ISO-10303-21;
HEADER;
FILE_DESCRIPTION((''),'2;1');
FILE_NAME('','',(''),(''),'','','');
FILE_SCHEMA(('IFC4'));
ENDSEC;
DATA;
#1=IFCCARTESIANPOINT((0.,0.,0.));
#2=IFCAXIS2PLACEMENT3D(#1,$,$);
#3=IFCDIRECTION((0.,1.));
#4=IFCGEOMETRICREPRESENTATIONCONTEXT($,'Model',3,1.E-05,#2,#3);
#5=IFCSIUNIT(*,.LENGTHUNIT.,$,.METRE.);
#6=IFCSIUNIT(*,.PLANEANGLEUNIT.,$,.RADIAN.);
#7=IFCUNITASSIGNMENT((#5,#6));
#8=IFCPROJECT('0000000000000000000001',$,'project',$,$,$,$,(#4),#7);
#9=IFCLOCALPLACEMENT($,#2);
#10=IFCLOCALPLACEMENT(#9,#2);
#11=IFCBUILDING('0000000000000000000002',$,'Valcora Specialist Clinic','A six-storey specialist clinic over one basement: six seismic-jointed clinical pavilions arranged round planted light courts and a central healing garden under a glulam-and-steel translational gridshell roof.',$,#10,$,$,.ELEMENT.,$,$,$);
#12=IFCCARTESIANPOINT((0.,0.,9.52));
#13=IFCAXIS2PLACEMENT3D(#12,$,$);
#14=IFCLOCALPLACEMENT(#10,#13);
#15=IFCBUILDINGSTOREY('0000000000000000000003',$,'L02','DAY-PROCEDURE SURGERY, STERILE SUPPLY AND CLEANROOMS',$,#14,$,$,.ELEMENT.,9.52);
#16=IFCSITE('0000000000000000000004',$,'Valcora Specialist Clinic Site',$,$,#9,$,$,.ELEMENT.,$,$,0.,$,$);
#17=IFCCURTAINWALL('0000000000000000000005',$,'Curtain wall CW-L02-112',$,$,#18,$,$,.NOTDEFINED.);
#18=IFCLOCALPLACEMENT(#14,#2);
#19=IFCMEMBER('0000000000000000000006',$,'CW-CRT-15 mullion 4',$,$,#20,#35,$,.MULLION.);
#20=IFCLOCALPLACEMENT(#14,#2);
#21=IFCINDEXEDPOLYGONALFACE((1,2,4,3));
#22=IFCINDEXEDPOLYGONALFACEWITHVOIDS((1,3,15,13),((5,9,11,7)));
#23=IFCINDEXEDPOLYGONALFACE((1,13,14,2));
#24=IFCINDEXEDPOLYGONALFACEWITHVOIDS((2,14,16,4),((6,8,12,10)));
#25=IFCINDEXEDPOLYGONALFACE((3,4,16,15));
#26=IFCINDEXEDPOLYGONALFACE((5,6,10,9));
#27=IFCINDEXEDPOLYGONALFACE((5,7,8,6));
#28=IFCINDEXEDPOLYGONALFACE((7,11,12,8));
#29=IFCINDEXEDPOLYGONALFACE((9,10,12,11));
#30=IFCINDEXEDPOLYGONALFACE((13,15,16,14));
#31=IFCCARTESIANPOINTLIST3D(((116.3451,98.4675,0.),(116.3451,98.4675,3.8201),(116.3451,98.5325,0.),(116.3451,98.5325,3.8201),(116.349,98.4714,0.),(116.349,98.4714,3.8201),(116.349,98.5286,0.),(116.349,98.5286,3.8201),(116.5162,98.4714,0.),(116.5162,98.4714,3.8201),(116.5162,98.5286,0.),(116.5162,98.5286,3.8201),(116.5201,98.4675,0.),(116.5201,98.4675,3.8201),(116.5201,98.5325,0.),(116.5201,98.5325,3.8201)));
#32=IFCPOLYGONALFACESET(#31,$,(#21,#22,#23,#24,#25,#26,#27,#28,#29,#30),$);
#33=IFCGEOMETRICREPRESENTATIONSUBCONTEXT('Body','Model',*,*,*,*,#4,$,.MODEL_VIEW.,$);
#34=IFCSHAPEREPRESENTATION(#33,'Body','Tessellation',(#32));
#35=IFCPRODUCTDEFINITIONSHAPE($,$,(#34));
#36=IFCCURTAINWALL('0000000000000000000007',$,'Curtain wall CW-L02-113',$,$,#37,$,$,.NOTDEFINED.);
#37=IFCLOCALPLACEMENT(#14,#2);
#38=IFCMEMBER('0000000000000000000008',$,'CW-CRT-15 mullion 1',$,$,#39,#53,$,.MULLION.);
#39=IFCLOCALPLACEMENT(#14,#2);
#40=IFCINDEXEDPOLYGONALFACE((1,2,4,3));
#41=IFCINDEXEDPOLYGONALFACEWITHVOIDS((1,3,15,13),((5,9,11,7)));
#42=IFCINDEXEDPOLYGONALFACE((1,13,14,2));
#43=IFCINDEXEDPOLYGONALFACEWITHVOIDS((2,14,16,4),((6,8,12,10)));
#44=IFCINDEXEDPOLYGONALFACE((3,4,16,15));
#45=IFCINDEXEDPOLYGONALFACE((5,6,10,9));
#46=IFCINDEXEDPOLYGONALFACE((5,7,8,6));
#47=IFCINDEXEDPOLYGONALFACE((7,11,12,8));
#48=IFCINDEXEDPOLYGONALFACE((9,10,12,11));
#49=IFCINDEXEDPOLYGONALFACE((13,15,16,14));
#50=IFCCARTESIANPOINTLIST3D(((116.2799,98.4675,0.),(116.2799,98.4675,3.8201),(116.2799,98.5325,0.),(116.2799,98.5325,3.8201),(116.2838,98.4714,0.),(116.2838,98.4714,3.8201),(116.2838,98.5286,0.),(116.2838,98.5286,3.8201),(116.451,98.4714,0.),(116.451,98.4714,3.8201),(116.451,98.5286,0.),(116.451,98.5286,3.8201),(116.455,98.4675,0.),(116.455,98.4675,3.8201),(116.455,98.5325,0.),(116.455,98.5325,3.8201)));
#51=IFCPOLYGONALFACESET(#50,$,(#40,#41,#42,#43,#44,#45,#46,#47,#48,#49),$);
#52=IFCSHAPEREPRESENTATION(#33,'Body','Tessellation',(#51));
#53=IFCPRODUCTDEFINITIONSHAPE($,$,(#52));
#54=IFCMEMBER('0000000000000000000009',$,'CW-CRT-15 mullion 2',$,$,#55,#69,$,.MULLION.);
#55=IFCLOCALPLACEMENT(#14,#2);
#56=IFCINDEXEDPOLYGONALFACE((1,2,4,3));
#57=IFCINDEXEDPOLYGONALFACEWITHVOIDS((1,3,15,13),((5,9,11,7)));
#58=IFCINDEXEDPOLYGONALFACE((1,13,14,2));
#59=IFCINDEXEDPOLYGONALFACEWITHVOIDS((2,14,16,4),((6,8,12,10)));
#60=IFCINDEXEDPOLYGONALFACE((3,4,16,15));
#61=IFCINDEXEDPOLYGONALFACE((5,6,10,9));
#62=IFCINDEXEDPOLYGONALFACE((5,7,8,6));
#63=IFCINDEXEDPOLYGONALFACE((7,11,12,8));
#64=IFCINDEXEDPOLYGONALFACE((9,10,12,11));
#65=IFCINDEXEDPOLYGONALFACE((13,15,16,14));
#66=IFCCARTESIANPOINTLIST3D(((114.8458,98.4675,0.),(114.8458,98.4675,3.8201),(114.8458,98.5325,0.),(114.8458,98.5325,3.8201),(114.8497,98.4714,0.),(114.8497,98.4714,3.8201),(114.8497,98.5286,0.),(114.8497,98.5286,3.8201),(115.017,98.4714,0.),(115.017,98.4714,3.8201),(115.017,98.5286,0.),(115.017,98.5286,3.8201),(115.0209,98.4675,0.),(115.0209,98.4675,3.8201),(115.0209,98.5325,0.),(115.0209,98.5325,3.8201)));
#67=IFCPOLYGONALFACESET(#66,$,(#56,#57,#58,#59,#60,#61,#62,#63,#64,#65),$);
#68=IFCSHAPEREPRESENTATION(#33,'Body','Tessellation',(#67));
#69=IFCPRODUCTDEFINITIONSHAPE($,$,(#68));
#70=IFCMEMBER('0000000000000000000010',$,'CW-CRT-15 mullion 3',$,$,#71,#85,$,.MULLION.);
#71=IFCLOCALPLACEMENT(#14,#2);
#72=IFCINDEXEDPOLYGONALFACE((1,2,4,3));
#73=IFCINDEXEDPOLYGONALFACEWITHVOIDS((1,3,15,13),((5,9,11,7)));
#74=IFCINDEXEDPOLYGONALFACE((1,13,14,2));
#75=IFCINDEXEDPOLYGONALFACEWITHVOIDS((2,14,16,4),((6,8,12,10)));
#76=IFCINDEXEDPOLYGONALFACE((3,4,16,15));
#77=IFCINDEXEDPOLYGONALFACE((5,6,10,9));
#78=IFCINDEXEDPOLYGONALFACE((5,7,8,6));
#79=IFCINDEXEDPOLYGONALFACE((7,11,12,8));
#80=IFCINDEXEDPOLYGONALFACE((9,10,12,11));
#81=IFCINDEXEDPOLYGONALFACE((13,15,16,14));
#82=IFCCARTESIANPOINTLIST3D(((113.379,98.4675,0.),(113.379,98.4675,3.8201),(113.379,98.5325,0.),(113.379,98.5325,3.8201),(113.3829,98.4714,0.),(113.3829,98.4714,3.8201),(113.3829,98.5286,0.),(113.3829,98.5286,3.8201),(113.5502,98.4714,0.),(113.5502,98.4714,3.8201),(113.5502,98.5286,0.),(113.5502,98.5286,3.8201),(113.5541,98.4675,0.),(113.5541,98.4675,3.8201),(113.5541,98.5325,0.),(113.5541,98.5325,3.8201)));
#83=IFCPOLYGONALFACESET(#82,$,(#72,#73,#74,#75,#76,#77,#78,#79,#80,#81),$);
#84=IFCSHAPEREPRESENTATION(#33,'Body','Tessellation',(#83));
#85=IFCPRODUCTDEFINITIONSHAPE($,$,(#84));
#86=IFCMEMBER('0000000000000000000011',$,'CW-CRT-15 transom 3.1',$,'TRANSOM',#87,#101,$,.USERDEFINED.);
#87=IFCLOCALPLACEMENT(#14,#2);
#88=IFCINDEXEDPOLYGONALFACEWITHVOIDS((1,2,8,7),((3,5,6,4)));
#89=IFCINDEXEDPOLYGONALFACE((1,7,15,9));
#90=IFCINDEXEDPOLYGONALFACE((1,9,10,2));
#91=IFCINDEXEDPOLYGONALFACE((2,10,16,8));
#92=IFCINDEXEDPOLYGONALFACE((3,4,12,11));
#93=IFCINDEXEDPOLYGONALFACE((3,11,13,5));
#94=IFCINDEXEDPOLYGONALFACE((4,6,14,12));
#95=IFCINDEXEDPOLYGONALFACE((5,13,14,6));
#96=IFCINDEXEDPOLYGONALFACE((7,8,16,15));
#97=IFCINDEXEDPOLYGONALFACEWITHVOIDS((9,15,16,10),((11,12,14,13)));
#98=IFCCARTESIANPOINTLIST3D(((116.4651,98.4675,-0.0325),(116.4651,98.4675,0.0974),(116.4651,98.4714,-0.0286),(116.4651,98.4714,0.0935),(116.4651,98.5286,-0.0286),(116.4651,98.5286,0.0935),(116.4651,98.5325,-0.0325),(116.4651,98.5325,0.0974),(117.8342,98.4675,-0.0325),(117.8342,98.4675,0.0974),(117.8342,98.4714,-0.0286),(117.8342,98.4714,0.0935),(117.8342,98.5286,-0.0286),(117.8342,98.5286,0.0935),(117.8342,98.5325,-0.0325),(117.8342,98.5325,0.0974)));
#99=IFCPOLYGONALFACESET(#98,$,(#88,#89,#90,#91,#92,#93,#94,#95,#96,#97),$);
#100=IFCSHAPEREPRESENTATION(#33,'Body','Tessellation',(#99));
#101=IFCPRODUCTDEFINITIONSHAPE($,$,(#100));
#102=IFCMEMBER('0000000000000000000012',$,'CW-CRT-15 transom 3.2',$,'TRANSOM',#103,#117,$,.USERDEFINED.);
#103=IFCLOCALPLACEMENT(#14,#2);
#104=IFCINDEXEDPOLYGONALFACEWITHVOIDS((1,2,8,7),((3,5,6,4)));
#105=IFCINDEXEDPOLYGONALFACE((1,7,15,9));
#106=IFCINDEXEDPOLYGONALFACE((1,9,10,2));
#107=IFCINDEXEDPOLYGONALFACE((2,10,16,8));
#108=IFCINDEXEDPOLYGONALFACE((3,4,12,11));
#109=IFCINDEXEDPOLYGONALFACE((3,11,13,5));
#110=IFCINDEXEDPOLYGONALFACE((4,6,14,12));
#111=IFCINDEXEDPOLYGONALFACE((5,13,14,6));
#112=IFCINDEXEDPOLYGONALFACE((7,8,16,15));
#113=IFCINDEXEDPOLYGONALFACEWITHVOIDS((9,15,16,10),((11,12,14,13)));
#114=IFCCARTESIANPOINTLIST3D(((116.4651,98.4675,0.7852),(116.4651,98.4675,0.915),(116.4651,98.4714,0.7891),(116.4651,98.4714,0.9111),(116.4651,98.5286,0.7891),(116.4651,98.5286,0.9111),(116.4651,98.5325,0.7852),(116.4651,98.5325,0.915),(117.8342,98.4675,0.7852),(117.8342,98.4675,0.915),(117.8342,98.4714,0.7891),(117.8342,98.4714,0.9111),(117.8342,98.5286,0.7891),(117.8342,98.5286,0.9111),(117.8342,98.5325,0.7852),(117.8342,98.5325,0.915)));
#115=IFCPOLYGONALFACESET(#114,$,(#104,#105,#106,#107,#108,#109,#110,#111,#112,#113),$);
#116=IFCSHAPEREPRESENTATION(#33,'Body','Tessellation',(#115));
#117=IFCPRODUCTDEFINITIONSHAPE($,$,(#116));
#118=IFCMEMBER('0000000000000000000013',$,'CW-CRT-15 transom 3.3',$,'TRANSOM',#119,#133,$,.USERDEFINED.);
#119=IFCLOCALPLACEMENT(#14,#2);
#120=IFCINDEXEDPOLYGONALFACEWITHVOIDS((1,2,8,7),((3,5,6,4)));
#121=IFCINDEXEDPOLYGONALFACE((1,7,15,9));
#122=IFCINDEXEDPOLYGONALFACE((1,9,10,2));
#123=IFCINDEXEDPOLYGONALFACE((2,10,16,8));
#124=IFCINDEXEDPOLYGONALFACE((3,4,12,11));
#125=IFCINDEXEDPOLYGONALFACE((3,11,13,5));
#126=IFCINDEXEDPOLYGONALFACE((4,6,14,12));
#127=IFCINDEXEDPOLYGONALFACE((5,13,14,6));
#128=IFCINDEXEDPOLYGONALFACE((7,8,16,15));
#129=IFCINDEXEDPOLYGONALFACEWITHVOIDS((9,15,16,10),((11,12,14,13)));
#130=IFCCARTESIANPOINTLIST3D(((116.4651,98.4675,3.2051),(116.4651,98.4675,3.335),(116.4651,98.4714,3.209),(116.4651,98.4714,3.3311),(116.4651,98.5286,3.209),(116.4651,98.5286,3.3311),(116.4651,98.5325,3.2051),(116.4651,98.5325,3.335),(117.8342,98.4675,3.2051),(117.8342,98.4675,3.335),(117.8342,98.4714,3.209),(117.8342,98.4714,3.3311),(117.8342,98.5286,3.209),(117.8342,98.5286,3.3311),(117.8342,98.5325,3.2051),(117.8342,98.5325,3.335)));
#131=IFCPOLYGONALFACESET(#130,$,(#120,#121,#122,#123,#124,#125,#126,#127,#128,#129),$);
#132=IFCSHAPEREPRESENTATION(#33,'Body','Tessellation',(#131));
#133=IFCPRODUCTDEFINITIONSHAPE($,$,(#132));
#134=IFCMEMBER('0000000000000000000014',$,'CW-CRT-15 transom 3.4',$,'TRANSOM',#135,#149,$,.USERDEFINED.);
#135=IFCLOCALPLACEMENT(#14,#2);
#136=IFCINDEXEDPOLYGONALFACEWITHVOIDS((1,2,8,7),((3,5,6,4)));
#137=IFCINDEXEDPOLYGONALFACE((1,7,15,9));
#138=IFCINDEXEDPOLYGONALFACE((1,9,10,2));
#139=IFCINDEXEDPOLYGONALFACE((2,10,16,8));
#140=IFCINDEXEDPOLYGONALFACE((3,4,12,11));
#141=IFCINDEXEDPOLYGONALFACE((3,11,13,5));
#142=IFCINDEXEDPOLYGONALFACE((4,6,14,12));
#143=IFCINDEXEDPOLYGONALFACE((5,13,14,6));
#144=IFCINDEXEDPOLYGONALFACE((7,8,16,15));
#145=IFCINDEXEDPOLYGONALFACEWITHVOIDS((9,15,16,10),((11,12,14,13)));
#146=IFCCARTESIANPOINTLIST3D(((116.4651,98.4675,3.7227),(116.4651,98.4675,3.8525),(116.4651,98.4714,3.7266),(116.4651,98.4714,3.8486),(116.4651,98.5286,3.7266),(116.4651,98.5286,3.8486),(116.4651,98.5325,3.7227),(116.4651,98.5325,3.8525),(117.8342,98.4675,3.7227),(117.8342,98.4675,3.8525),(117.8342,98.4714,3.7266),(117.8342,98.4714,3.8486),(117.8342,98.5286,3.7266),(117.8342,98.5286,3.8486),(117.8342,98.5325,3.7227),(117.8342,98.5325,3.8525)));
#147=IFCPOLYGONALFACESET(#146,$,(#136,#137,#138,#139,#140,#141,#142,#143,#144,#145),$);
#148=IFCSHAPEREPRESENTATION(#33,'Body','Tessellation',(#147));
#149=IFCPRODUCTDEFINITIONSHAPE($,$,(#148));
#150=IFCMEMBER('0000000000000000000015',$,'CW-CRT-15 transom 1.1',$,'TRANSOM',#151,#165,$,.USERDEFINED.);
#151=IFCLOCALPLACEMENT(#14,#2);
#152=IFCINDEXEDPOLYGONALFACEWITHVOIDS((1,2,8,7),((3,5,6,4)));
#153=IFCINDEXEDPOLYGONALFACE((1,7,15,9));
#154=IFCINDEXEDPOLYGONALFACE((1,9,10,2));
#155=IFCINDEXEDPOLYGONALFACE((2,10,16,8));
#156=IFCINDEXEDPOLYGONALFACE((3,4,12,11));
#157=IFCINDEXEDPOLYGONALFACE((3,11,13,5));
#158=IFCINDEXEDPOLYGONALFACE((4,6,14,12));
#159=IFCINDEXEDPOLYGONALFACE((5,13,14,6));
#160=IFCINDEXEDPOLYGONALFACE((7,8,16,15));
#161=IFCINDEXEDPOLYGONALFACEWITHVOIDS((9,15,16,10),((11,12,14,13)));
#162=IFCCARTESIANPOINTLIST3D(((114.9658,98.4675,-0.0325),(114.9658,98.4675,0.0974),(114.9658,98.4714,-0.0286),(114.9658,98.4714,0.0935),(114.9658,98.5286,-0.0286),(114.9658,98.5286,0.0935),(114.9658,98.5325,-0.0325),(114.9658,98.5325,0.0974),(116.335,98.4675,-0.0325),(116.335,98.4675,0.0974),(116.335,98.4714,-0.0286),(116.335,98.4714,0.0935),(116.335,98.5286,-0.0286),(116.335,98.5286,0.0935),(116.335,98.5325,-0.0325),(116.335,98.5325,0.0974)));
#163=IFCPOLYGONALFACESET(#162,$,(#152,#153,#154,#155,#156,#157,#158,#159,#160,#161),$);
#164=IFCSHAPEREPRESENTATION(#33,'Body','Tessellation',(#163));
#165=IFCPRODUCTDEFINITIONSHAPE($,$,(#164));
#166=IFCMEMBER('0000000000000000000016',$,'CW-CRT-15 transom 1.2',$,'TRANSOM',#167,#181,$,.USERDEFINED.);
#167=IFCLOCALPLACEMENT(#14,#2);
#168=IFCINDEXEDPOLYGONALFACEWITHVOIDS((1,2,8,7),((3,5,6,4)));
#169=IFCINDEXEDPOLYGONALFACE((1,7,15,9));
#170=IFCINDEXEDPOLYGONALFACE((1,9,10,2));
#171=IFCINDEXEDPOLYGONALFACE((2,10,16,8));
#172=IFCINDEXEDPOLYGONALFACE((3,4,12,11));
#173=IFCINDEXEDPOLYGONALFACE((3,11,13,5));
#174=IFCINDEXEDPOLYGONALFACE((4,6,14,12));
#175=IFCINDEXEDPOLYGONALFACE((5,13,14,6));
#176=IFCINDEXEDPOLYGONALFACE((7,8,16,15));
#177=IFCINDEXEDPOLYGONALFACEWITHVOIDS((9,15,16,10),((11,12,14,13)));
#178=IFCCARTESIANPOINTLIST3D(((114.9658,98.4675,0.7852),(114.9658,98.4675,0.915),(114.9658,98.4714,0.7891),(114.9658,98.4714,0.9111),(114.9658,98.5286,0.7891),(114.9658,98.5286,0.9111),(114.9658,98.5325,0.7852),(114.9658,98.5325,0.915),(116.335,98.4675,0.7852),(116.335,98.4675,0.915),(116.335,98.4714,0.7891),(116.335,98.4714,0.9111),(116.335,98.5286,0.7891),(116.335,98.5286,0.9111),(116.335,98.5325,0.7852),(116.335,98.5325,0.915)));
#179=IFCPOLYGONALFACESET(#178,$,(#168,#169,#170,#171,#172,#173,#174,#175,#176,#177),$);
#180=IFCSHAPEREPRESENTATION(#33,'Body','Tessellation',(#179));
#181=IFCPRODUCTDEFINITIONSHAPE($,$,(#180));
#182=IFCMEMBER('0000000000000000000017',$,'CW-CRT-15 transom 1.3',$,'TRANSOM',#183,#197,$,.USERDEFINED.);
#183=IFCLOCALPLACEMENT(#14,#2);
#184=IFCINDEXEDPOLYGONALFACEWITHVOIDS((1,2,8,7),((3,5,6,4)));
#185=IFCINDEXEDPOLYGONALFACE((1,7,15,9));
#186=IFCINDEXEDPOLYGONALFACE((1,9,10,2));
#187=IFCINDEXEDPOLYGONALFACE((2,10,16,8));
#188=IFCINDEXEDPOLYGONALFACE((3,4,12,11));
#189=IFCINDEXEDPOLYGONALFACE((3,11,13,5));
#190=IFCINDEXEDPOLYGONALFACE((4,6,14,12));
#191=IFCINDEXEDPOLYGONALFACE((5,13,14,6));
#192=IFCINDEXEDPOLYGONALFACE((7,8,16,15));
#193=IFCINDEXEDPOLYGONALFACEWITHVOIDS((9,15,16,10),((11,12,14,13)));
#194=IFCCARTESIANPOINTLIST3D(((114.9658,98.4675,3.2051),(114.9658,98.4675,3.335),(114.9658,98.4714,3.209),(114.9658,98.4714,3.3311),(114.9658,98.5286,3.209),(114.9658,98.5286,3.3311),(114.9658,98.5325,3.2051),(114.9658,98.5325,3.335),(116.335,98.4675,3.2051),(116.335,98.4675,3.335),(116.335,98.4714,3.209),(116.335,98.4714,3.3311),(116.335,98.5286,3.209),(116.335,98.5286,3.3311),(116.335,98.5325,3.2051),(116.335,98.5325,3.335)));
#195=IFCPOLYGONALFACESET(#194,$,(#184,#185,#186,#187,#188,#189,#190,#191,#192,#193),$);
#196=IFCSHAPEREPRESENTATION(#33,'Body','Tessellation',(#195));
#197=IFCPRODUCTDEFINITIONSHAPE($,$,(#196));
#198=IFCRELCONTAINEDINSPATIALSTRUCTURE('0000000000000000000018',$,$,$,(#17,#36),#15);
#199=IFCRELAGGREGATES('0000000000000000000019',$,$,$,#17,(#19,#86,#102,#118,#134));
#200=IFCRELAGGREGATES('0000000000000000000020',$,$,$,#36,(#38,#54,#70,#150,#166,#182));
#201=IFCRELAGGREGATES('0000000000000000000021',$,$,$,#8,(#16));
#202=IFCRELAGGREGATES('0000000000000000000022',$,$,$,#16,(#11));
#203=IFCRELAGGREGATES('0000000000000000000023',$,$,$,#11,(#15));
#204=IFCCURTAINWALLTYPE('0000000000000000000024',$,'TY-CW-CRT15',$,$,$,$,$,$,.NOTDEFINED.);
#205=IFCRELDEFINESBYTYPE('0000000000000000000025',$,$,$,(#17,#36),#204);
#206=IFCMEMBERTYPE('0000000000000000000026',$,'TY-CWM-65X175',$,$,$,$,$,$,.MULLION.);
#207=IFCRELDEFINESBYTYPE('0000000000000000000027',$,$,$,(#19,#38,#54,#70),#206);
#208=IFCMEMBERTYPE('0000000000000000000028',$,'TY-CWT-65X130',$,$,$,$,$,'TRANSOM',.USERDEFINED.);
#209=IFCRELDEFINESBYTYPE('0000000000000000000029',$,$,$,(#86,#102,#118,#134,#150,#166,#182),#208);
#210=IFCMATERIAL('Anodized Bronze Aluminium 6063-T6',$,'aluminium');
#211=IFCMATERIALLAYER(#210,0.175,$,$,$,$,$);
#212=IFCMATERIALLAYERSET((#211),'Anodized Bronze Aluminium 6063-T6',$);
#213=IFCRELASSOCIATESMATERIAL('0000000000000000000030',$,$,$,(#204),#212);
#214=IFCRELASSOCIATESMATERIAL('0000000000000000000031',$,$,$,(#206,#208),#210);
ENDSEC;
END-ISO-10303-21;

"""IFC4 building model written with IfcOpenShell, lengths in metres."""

from ifc_helpers import new_model, si_unit, direction, frame, origin, origin_2d, place, context, subcontext, project, spatial, hollow_rectangle, extrude, material, layer, layer_set, material_profile, profile_set, type_object, element, aggregate, save


model = new_model("IFC4")

# Units and contexts
model_context = context("Model", 3, precision=1e-05, world=origin(), true_north=direction((0.0, 1.0)))
body_context = subcontext(model_context, "Body", "Model", "MODEL_VIEW")
ifc_project = project(units=[si_unit("LENGTHUNIT", "METRE"), si_unit("PLANEANGLEUNIT", "RADIAN")], contexts=[model_context])

# Site, building, storey
site_placement = place(None, origin())
site = spatial("IfcSite", under=ifc_project, at=site_placement, Name="Valcora Specialist Clinic Site", CompositionType="ELEMENT", RefElevation=0.0)
building_placement = place(site_placement, origin())
building = spatial("IfcBuilding", under=site, at=building_placement, Name="Valcora Specialist Clinic", Description="A six-storey specialist clinic over one basement: six seismic-jointed clinical pavilions arranged round planted light courts and a central healing garden under a glulam-and-steel translational gridshell roof.", CompositionType="ELEMENT")
storey_placement = place(building_placement, frame((0.0, 0.0, 9.52)))
storey = spatial("IfcBuildingStorey", under=building, at=storey_placement, Name="L02", Description="DAY-PROCEDURE SURGERY, STERILE SUPPLY AND CLEANROOMS", CompositionType="ELEMENT", Elevation=9.52)

# Curtain wall, member
ifc_material_1 = material(Name="Anodized Bronze Aluminium 6063-T6", Category="aluminium")
ifc_layer_1 = layer(ifc_material_1, 0.175)
ifc_layer_set_1 = layer_set([ifc_layer_1], Name="Anodized Bronze Aluminium 6063-T6")
curtain_wall_type = type_object("IfcCurtainWallType", Name="TY-CW-CRT15", PredefinedType="NOTDEFINED", material=ifc_layer_set_1)
curtain_wall_1_placement = place(storey_placement, origin())
curtain_wall_1 = element("IfcCurtainWall", 1, at=curtain_wall_1_placement, inside=storey, type_object=curtain_wall_type, Name="Curtain wall CW-L02-112", PredefinedType="NOTDEFINED")
ifc_material_profile_1 = material_profile(ifc_material_1, hollow_rectangle(XDim=0.0649, YDim=0.175, WallThickness=0.0039, at=origin_2d()), Name="AL-MUL-65X175")
ifc_profile_set_1 = profile_set([ifc_material_profile_1], Name="Anodized Bronze Aluminium 6063-T6")
member_type_1 = type_object("IfcMemberType", Name="TY-CWM-65X175", PredefinedType="MULLION", material=ifc_profile_set_1)
member_1_placement = place(storey_placement, frame((116.4326, 98.5, 0.0), z_axis=(0.0, 0.0, 1.0), x_axis=(0.0, -1.0, 0.0)))
member_1 = element("IfcMember", 2, at=member_1_placement, type_object=member_type_1, Name="CW-CRT-15 mullion 4", PredefinedType="MULLION", context=body_context, shape_type="SweptSolid", body=[
    extrude(hollow_rectangle(XDim=0.0649, YDim=0.175, WallThickness=0.0039, at=origin_2d()), origin(), (0.0, 0.0, 1.0), 3.8201),
])

# Curtain wall, members
curtain_wall_2_placement = place(storey_placement, origin())
curtain_wall_2 = element("IfcCurtainWall", 3, at=curtain_wall_2_placement, inside=storey, type_object=curtain_wall_type, Name="Curtain wall CW-L02-113", PredefinedType="NOTDEFINED")
member_2_placement = place(storey_placement, frame((116.3674, 98.5, 0.0), z_axis=(0.0, 0.0, 1.0), x_axis=(0.0, -1.0, 0.0)))
member_2 = element("IfcMember", 4, at=member_2_placement, type_object=member_type_1, Name="CW-CRT-15 mullion 1", PredefinedType="MULLION", context=body_context, shape_type="SweptSolid", body=[
    extrude(hollow_rectangle(XDim=0.0649, YDim=0.175, WallThickness=0.0039, at=origin_2d()), origin(), (0.0, 0.0, 1.0), 3.8201),
])
member_3_placement = place(storey_placement, frame((114.9333, 98.5, 0.0), z_axis=(0.0, 0.0, 1.0), x_axis=(0.0, -1.0, 0.0)))
member_3 = element("IfcMember", 5, at=member_3_placement, type_object=member_type_1, Name="CW-CRT-15 mullion 2", PredefinedType="MULLION", context=body_context, shape_type="SweptSolid", body=[
    extrude(hollow_rectangle(XDim=0.0649, YDim=0.175, WallThickness=0.0039, at=origin_2d()), origin(), (0.0, 0.0, 1.0), 3.8201),
])
member_4_placement = place(storey_placement, frame((113.4666, 98.5, 0.0), z_axis=(0.0, 0.0, 1.0), x_axis=(0.0, -1.0, 0.0)))
member_4 = element("IfcMember", 6, at=member_4_placement, type_object=member_type_1, Name="CW-CRT-15 mullion 3", PredefinedType="MULLION", context=body_context, shape_type="SweptSolid", body=[
    extrude(hollow_rectangle(XDim=0.0649, YDim=0.175, WallThickness=0.0039, at=origin_2d()), origin(), (0.0, 0.0, 1.0), 3.8201),
])

# Members
ifc_material_profile_2 = material_profile(ifc_material_1, hollow_rectangle(XDim=0.0649, YDim=0.1299, WallThickness=0.0039, at=origin_2d()), Name="AL-TRN-65X130")
ifc_profile_set_2 = profile_set([ifc_material_profile_2], Name="Anodized Bronze Aluminium 6063-T6")
member_type_2 = type_object("IfcMemberType", Name="TY-CWT-65X130", ElementType="TRANSOM", PredefinedType="USERDEFINED", material=ifc_profile_set_2)
member_5_placement = place(storey_placement, frame((117.8342, 98.5, 0.0325), z_axis=(-1.0, 0.0, 0.0), x_axis=(0.0, -1.0, 0.0)))
member_5 = element("IfcMember", 7, at=member_5_placement, type_object=member_type_2, Name="CW-CRT-15 transom 3.1", ObjectType="TRANSOM", PredefinedType="USERDEFINED", context=body_context, shape_type="SweptSolid", body=[
    extrude(hollow_rectangle(XDim=0.0649, YDim=0.1299, WallThickness=0.0039, at=origin_2d()), origin(), (0.0, 0.0, 1.0), 1.3691),
])
member_6_placement = place(storey_placement, frame((117.8342, 98.5, 0.8501), z_axis=(-1.0, 0.0, 0.0), x_axis=(0.0, -1.0, 0.0)))
member_6 = element("IfcMember", 8, at=member_6_placement, type_object=member_type_2, Name="CW-CRT-15 transom 3.2", ObjectType="TRANSOM", PredefinedType="USERDEFINED", context=body_context, shape_type="SweptSolid", body=[
    extrude(hollow_rectangle(XDim=0.0649, YDim=0.1299, WallThickness=0.0039, at=origin_2d()), origin(), (0.0, 0.0, 1.0), 1.3691),
])
member_7_placement = place(storey_placement, frame((117.8342, 98.5, 3.27), z_axis=(-1.0, 0.0, 0.0), x_axis=(0.0, -1.0, 0.0)))
member_7 = element("IfcMember", 9, at=member_7_placement, type_object=member_type_2, Name="CW-CRT-15 transom 3.3", ObjectType="TRANSOM", PredefinedType="USERDEFINED", context=body_context, shape_type="SweptSolid", body=[
    extrude(hollow_rectangle(XDim=0.0649, YDim=0.1299, WallThickness=0.0039, at=origin_2d()), origin(), (0.0, 0.0, 1.0), 1.3691),
])
member_8_placement = place(storey_placement, frame((117.8342, 98.5, 3.7876), z_axis=(-1.0, 0.0, 0.0), x_axis=(0.0, -1.0, 0.0)))
member_8 = element("IfcMember", 10, at=member_8_placement, type_object=member_type_2, Name="CW-CRT-15 transom 3.4", ObjectType="TRANSOM", PredefinedType="USERDEFINED", context=body_context, shape_type="SweptSolid", body=[
    extrude(hollow_rectangle(XDim=0.0649, YDim=0.1299, WallThickness=0.0039, at=origin_2d()), origin(), (0.0, 0.0, 1.0), 1.3691),
])
member_9_placement = place(storey_placement, frame((116.335, 98.5, 0.0325), z_axis=(-1.0, 0.0, 0.0), x_axis=(0.0, -1.0, 0.0)))
member_9 = element("IfcMember", 11, at=member_9_placement, type_object=member_type_2, Name="CW-CRT-15 transom 1.1", ObjectType="TRANSOM", PredefinedType="USERDEFINED", context=body_context, shape_type="SweptSolid", body=[
    extrude(hollow_rectangle(XDim=0.0649, YDim=0.1299, WallThickness=0.0039, at=origin_2d()), origin(), (0.0, 0.0, 1.0), 1.3691),
])
member_10_placement = place(storey_placement, frame((116.335, 98.5, 0.8501), z_axis=(-1.0, 0.0, 0.0), x_axis=(0.0, -1.0, 0.0)))
member_10 = element("IfcMember", 12, at=member_10_placement, type_object=member_type_2, Name="CW-CRT-15 transom 1.2", ObjectType="TRANSOM", PredefinedType="USERDEFINED", context=body_context, shape_type="SweptSolid", body=[
    extrude(hollow_rectangle(XDim=0.0649, YDim=0.1299, WallThickness=0.0039, at=origin_2d()), origin(), (0.0, 0.0, 1.0), 1.3691),
])
member_11_placement = place(storey_placement, frame((116.335, 98.5, 3.27), z_axis=(-1.0, 0.0, 0.0), x_axis=(0.0, -1.0, 0.0)))
member_11 = element("IfcMember", 13, at=member_11_placement, type_object=member_type_2, Name="CW-CRT-15 transom 1.3", ObjectType="TRANSOM", PredefinedType="USERDEFINED", context=body_context, shape_type="SweptSolid", body=[
    extrude(hollow_rectangle(XDim=0.0649, YDim=0.1299, WallThickness=0.0039, at=origin_2d()), origin(), (0.0, 0.0, 1.0), 1.3691),
])

aggregate(curtain_wall_1, [member_1, member_5, member_6, member_7, member_8])
aggregate(curtain_wall_2, [member_2, member_3, member_4, member_9, member_10, member_11])

save(model, "model.ifc")
